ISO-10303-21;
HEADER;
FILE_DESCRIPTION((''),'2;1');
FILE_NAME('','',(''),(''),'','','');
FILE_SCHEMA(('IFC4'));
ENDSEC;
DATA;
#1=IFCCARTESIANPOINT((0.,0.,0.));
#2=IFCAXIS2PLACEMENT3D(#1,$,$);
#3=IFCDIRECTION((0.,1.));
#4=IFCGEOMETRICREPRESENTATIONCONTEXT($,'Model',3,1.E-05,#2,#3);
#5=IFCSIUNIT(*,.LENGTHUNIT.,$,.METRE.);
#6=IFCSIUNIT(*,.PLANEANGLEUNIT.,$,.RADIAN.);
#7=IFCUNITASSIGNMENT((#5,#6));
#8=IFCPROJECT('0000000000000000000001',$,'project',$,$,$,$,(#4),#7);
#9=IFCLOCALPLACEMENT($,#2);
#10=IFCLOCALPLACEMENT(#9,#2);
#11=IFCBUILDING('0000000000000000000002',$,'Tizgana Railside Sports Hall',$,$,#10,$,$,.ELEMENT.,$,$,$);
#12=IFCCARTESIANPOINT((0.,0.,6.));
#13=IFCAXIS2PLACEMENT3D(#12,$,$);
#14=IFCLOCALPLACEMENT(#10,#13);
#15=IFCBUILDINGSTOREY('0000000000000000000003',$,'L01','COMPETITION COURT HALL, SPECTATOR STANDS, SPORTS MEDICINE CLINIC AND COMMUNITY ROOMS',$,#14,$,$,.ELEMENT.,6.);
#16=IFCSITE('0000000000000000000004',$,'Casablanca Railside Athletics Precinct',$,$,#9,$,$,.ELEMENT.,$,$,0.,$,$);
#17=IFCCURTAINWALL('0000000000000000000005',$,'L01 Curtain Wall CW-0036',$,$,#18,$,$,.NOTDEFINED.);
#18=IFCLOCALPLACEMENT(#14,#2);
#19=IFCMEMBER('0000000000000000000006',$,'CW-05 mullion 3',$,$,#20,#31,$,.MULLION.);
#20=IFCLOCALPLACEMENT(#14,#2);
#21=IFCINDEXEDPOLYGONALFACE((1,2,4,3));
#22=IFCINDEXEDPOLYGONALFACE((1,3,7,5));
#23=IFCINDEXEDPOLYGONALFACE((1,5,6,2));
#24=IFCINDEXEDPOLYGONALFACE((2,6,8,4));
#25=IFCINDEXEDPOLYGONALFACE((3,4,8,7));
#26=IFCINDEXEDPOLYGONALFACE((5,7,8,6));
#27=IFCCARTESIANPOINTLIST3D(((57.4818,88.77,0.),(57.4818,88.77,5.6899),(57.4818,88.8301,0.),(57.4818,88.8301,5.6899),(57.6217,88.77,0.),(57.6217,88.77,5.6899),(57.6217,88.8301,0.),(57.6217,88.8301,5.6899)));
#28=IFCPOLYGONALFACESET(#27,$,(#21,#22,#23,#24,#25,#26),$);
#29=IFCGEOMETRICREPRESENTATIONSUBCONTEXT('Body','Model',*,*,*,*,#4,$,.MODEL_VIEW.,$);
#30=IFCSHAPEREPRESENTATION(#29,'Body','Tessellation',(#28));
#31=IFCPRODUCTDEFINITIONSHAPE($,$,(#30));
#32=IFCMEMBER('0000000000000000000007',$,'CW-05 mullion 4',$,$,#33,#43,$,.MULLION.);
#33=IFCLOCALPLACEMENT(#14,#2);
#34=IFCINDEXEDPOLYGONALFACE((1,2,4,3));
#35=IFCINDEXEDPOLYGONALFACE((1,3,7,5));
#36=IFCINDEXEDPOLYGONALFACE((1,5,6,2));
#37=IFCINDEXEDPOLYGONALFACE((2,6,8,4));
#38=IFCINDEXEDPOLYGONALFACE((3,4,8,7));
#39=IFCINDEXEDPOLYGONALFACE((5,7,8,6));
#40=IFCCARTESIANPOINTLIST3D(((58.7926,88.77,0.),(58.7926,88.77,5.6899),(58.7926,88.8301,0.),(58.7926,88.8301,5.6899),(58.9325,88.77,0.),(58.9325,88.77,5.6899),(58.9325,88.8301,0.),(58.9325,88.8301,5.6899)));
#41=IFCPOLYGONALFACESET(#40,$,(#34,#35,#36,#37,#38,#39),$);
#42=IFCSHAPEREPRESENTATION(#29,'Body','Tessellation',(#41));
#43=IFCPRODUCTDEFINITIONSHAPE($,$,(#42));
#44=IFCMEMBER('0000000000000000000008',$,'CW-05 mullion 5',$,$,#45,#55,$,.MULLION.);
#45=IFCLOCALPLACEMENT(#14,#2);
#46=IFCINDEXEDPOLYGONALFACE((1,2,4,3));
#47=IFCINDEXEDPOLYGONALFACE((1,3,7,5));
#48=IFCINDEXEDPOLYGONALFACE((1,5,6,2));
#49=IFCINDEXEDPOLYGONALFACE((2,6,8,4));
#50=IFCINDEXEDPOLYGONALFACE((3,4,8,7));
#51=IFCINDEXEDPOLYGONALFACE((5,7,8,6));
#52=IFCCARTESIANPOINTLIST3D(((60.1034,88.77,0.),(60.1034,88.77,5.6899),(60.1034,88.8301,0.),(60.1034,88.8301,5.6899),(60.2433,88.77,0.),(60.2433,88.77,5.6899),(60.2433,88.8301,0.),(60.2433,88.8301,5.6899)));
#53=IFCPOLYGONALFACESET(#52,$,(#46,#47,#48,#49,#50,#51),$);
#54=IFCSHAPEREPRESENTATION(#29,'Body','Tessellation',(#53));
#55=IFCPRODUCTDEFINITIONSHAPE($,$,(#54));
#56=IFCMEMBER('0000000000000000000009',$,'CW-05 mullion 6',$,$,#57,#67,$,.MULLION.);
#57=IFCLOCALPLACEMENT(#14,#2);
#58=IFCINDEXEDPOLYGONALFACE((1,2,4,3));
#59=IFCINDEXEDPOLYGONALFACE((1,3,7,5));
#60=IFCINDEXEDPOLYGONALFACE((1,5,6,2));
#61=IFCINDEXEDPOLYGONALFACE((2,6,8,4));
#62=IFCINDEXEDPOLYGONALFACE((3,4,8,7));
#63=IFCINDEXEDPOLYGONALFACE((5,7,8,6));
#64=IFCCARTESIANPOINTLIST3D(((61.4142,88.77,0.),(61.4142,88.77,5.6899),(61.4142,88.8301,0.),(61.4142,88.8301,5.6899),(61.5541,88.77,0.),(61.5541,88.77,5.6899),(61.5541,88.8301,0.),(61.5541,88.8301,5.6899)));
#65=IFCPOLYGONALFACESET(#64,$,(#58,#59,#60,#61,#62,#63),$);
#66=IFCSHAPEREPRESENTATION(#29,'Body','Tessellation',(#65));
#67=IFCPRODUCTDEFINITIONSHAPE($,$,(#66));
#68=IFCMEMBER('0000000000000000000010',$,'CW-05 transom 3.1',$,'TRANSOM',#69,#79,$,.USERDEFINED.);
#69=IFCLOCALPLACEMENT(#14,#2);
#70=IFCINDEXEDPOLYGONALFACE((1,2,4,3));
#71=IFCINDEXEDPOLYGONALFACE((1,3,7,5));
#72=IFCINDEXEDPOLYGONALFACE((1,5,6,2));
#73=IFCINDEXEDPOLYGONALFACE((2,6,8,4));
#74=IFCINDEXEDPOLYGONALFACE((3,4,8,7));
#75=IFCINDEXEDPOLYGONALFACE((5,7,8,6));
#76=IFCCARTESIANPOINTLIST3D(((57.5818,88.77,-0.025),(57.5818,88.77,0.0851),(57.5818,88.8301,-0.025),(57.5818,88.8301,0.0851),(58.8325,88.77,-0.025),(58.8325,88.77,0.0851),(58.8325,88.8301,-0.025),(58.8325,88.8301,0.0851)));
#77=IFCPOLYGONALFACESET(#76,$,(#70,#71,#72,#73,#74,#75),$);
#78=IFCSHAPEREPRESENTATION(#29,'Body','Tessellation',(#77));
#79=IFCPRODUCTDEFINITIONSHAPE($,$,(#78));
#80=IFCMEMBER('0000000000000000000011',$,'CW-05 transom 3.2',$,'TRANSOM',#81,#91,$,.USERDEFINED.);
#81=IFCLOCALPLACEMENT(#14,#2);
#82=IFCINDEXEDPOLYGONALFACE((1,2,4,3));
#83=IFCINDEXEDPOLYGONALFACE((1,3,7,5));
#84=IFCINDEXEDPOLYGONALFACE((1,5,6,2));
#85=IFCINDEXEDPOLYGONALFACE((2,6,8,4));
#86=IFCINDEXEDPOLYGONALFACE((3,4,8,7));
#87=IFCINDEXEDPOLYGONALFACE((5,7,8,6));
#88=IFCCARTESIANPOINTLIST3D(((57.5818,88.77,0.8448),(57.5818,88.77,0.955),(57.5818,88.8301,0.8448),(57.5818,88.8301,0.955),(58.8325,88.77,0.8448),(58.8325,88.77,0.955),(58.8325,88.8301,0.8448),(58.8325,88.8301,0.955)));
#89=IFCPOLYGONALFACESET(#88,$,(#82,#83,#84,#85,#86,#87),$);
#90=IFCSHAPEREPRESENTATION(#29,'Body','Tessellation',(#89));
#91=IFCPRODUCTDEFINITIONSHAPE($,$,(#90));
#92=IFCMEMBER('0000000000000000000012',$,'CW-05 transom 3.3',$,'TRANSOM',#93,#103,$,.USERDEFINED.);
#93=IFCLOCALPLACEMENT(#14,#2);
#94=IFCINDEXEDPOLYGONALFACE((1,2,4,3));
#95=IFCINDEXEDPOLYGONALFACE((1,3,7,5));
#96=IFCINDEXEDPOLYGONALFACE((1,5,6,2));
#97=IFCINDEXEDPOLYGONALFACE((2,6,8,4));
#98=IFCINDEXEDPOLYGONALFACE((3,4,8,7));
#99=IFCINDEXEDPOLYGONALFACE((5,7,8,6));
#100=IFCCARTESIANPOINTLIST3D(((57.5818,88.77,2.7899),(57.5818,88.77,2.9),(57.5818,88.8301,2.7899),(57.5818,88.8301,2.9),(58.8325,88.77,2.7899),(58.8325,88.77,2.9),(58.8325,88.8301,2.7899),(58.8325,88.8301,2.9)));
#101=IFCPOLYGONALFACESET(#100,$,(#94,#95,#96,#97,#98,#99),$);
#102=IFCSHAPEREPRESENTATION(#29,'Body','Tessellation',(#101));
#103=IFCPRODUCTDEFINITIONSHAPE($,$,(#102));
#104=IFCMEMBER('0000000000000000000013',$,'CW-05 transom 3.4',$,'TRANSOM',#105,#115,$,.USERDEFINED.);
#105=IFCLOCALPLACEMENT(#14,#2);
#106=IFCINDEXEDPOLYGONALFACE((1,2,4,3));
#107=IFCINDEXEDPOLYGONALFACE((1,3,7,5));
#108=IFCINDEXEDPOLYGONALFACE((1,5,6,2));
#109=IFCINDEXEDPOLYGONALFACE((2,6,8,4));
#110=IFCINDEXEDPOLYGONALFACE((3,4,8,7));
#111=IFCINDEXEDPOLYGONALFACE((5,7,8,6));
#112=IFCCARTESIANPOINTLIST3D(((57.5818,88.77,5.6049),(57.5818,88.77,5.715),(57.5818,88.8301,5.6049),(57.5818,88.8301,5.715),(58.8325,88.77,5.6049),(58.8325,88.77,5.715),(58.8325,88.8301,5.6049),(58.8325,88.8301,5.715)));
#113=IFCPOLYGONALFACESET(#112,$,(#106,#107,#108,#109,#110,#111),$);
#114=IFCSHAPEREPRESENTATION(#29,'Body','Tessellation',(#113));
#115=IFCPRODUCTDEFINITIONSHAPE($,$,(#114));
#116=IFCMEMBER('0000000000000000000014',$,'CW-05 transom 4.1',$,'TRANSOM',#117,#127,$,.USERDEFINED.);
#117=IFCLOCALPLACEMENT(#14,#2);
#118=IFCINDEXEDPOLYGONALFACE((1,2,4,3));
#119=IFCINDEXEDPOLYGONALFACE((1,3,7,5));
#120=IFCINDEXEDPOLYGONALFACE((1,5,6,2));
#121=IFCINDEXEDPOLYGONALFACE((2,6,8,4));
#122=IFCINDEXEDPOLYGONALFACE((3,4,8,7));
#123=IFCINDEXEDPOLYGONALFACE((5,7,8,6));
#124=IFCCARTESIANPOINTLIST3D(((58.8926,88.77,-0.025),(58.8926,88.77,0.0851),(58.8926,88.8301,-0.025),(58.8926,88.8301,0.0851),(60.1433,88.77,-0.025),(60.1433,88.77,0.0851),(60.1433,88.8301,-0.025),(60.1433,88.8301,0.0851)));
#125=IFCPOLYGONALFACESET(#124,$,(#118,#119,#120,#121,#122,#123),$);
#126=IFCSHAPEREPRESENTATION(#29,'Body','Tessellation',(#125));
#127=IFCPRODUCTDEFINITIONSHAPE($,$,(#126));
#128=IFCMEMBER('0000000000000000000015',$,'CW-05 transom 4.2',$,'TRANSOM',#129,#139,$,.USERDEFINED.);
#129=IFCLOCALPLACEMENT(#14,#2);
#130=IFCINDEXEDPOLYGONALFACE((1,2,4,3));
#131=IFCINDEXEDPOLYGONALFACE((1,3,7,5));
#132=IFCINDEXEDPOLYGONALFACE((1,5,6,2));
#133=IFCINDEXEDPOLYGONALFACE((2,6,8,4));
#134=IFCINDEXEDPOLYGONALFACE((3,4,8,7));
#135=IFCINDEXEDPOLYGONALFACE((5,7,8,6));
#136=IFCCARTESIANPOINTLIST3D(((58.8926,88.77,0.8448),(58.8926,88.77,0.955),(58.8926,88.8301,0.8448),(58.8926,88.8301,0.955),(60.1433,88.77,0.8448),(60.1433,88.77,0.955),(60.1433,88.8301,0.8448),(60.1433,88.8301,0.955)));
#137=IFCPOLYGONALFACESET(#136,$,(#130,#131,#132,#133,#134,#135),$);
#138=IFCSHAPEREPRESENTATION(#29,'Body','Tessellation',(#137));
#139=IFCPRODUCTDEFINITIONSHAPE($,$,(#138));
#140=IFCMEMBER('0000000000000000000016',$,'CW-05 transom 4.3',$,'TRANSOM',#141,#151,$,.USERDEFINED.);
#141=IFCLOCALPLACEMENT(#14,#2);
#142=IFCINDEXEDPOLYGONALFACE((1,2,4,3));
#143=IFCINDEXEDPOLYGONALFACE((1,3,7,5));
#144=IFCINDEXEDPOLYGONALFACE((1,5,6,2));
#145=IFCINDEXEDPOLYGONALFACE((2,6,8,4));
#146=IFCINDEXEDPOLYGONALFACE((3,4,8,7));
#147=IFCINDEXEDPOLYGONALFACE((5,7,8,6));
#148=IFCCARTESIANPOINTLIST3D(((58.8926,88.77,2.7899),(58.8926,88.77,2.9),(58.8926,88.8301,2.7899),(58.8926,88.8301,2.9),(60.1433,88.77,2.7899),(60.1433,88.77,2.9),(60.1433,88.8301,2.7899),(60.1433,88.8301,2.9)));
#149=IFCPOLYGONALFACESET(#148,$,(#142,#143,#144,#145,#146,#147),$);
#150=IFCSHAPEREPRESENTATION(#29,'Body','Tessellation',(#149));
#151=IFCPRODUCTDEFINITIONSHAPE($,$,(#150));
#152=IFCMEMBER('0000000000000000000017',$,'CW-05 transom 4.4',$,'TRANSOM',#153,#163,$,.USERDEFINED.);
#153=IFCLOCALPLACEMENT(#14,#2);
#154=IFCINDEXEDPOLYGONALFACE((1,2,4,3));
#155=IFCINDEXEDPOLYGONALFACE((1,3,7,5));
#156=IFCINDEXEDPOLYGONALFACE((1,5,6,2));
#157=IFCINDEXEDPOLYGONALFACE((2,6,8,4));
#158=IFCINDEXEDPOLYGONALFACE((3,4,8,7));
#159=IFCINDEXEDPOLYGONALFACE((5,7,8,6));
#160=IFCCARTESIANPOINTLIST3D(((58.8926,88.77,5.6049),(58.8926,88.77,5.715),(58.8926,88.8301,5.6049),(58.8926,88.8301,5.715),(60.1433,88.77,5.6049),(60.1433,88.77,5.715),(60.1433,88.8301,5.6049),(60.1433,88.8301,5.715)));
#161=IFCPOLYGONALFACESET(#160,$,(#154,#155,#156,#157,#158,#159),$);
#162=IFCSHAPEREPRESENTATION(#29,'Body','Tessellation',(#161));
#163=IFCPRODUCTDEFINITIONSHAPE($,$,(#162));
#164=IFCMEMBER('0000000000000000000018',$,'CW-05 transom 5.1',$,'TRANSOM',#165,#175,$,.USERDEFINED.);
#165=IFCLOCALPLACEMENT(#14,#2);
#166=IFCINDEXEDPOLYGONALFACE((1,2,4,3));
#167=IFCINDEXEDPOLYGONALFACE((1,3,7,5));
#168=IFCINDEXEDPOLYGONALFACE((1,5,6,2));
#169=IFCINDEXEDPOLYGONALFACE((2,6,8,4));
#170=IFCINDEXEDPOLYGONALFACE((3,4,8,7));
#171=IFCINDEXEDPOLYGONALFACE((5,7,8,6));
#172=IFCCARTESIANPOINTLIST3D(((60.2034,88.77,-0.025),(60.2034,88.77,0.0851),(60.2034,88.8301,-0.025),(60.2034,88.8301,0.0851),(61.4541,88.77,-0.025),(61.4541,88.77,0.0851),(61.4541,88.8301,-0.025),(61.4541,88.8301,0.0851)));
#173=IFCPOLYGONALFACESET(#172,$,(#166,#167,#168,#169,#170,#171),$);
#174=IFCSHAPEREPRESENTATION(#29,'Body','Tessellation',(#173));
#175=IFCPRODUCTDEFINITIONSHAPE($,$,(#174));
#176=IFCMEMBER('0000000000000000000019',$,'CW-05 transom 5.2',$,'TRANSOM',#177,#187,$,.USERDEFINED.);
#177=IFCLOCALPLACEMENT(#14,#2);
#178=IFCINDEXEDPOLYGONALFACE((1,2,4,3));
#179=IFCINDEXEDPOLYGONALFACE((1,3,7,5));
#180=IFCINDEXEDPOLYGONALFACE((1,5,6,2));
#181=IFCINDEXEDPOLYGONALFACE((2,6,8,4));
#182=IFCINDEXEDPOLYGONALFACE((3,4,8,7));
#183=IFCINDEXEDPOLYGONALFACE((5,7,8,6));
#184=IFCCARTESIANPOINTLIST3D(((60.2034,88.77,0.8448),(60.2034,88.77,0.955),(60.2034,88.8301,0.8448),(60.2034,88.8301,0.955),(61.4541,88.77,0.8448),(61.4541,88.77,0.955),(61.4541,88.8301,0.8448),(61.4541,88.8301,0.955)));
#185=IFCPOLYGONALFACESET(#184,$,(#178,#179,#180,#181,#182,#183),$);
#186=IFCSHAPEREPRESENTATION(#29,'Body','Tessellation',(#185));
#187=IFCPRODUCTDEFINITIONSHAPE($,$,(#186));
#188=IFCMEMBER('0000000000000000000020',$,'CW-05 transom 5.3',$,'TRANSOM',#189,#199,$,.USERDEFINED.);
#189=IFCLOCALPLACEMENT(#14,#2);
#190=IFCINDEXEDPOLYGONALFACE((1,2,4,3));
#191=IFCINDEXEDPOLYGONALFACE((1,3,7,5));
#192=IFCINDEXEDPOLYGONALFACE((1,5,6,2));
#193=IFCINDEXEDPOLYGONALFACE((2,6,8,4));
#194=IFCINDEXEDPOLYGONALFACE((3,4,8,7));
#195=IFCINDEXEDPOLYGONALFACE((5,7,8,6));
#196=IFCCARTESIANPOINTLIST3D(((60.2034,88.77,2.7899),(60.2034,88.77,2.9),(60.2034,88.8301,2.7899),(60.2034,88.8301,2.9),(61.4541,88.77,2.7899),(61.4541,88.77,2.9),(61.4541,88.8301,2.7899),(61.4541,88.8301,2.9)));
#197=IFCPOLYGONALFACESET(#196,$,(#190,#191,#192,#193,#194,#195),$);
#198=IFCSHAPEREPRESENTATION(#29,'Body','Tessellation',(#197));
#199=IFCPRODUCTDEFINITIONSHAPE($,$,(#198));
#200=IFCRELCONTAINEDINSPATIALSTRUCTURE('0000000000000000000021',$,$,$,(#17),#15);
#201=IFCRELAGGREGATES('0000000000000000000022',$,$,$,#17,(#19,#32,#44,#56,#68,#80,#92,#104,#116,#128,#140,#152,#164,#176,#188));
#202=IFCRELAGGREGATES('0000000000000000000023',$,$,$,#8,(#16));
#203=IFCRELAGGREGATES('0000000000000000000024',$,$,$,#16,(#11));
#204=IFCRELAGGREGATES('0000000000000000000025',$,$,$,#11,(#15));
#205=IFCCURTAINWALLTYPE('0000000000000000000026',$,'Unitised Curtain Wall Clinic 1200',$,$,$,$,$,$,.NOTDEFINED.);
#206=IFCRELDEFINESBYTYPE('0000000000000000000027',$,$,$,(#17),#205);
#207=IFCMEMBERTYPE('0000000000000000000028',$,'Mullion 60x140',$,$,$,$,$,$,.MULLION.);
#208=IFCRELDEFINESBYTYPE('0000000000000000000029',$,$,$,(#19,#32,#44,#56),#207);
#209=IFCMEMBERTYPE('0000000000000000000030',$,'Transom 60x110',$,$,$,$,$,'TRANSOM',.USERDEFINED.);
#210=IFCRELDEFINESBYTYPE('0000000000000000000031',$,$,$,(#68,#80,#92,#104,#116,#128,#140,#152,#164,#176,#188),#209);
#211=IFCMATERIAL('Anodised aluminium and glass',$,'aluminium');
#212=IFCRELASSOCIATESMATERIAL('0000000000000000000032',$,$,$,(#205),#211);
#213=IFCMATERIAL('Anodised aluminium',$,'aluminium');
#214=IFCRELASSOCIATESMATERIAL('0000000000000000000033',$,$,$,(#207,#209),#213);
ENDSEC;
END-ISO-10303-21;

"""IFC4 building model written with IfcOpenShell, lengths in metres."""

from ifc_helpers import new_model, si_unit, direction, frame, origin, origin_2d, place, context, subcontext, project, spatial, rectangle, extrude, material, material_profile, profile_set, type_object, element, aggregate, save


model = new_model("IFC4")

# Units and contexts
model_context = context("Model", 3, precision=1e-05, world=origin(), true_north=direction((0.0, 1.0)))
body_context = subcontext(model_context, "Body", "Model", "MODEL_VIEW")
ifc_project = project(units=[si_unit("LENGTHUNIT", "METRE"), si_unit("PLANEANGLEUNIT", "RADIAN")], contexts=[model_context])

# Site, building, storey
site_placement = place(None, origin())
site = spatial("IfcSite", under=ifc_project, at=site_placement, Name="Casablanca Railside Athletics Precinct", CompositionType="ELEMENT", RefElevation=0.0)
building_placement = place(site_placement, origin())
building = spatial("IfcBuilding", under=site, at=building_placement, Name="Tizgana Railside Sports Hall", CompositionType="ELEMENT")
storey_placement = place(building_placement, frame((0.0, 0.0, 6.0)))
storey = spatial("IfcBuildingStorey", under=building, at=storey_placement, Name="L01", Description="COMPETITION COURT HALL, SPECTATOR STANDS, SPORTS MEDICINE CLINIC AND COMMUNITY ROOMS", CompositionType="ELEMENT", Elevation=6.0)

# Curtain wall, members
ifc_material_1 = material(Name="Anodised aluminium and glass", Category="aluminium")
curtain_wall_type = type_object("IfcCurtainWallType", Name="Unitised Curtain Wall Clinic 1200", PredefinedType="NOTDEFINED", material=ifc_material_1)
curtain_wall_placement = place(storey_placement, origin())
curtain_wall = element("IfcCurtainWall", 1, at=curtain_wall_placement, inside=storey, type_object=curtain_wall_type, Name="L01 Curtain Wall CW-0036", PredefinedType="NOTDEFINED")
ifc_material_2 = material(Name="Anodised aluminium", Category="aluminium")
ifc_material_profile_1 = material_profile(ifc_material_2, rectangle(XDim=0.0601, YDim=0.1399, at=origin_2d()), Name="Mullion 60x140")
ifc_profile_set_1 = profile_set([ifc_material_profile_1], Name="Anodised aluminium")
member_type_1 = type_object("IfcMemberType", Name="Mullion 60x140", PredefinedType="MULLION", material=ifc_profile_set_1)
member_1_placement = place(storey_placement, frame((57.5518, 88.8, 0.0), z_axis=(0.0, 0.0, 1.0), x_axis=(0.0, 1.0, 0.0)))
member_1 = element("IfcMember", 2, at=member_1_placement, type_object=member_type_1, Name="CW-05 mullion 3", PredefinedType="MULLION", context=body_context, shape_type="SweptSolid", body=[
    extrude(rectangle(XDim=0.0601, YDim=0.1399, at=origin_2d()), origin(), (0.0, 0.0, 1.0), 5.6899),
])
member_2_placement = place(storey_placement, frame((58.8625, 88.8, 0.0), z_axis=(0.0, 0.0, 1.0), x_axis=(0.0, 1.0, 0.0)))
member_2 = element("IfcMember", 3, at=member_2_placement, type_object=member_type_1, Name="CW-05 mullion 4", PredefinedType="MULLION", context=body_context, shape_type="SweptSolid", body=[
    extrude(rectangle(XDim=0.0601, YDim=0.1399, at=origin_2d()), origin(), (0.0, 0.0, 1.0), 5.6899),
])
member_3_placement = place(storey_placement, frame((60.1733, 88.8, 0.0), z_axis=(0.0, 0.0, 1.0), x_axis=(0.0, 1.0, 0.0)))
member_3 = element("IfcMember", 4, at=member_3_placement, type_object=member_type_1, Name="CW-05 mullion 5", PredefinedType="MULLION", context=body_context, shape_type="SweptSolid", body=[
    extrude(rectangle(XDim=0.0601, YDim=0.1399, at=origin_2d()), origin(), (0.0, 0.0, 1.0), 5.6899),
])
member_4_placement = place(storey_placement, frame((61.4841, 88.8, 0.0), z_axis=(0.0, 0.0, 1.0), x_axis=(0.0, 1.0, 0.0)))
member_4 = element("IfcMember", 5, at=member_4_placement, type_object=member_type_1, Name="CW-05 mullion 6", PredefinedType="MULLION", context=body_context, shape_type="SweptSolid", body=[
    extrude(rectangle(XDim=0.0601, YDim=0.1399, at=origin_2d()), origin(), (0.0, 0.0, 1.0), 5.6899),
])
ifc_material_profile_2 = material_profile(ifc_material_2, rectangle(XDim=0.0601, YDim=0.1101, at=origin_2d()), Name="Transom 60x110")
ifc_profile_set_2 = profile_set([ifc_material_profile_2], Name="Anodised aluminium")
member_type_2 = type_object("IfcMemberType", Name="Transom 60x110", ElementType="TRANSOM", PredefinedType="USERDEFINED", material=ifc_profile_set_2)
member_5_placement = place(storey_placement, frame((57.5818, 88.8, 0.03), z_axis=(1.0, 0.0, 0.0), x_axis=(0.0, 1.0, 0.0)))
member_5 = element("IfcMember", 6, at=member_5_placement, type_object=member_type_2, Name="CW-05 transom 3.1", ObjectType="TRANSOM", PredefinedType="USERDEFINED", context=body_context, shape_type="SweptSolid", body=[
    extrude(rectangle(XDim=0.0601, YDim=0.1101, at=origin_2d()), origin(), (0.0, 0.0, 1.0), 1.2507),
])
member_6_placement = place(storey_placement, frame((57.5818, 88.8, 0.8999), z_axis=(1.0, 0.0, 0.0), x_axis=(0.0, 1.0, 0.0)))
member_6 = element("IfcMember", 7, at=member_6_placement, type_object=member_type_2, Name="CW-05 transom 3.2", ObjectType="TRANSOM", PredefinedType="USERDEFINED", context=body_context, shape_type="SweptSolid", body=[
    extrude(rectangle(XDim=0.0601, YDim=0.1101, at=origin_2d()), origin(), (0.0, 0.0, 1.0), 1.2507),
])
member_7_placement = place(storey_placement, frame((57.5818, 88.8, 2.845), z_axis=(1.0, 0.0, 0.0), x_axis=(0.0, 1.0, 0.0)))
member_7 = element("IfcMember", 8, at=member_7_placement, type_object=member_type_2, Name="CW-05 transom 3.3", ObjectType="TRANSOM", PredefinedType="USERDEFINED", context=body_context, shape_type="SweptSolid", body=[
    extrude(rectangle(XDim=0.0601, YDim=0.1101, at=origin_2d()), origin(), (0.0, 0.0, 1.0), 1.2507),
])
member_8_placement = place(storey_placement, frame((57.5818, 88.8, 5.6599), z_axis=(1.0, 0.0, 0.0), x_axis=(0.0, 1.0, 0.0)))
member_8 = element("IfcMember", 9, at=member_8_placement, type_object=member_type_2, Name="CW-05 transom 3.4", ObjectType="TRANSOM", PredefinedType="USERDEFINED", context=body_context, shape_type="SweptSolid", body=[
    extrude(rectangle(XDim=0.0601, YDim=0.1101, at=origin_2d()), origin(), (0.0, 0.0, 1.0), 1.2507),
])
member_9_placement = place(storey_placement, frame((58.8926, 88.8, 0.03), z_axis=(1.0, 0.0, 0.0), x_axis=(0.0, 1.0, 0.0)))
member_9 = element("IfcMember", 10, at=member_9_placement, type_object=member_type_2, Name="CW-05 transom 4.1", ObjectType="TRANSOM", PredefinedType="USERDEFINED", context=body_context, shape_type="SweptSolid", body=[
    extrude(rectangle(XDim=0.0601, YDim=0.1101, at=origin_2d()), origin(), (0.0, 0.0, 1.0), 1.2507),
])
member_10_placement = place(storey_placement, frame((58.8926, 88.8, 0.8999), z_axis=(1.0, 0.0, 0.0), x_axis=(0.0, 1.0, 0.0)))
member_10 = element("IfcMember", 11, at=member_10_placement, type_object=member_type_2, Name="CW-05 transom 4.2", ObjectType="TRANSOM", PredefinedType="USERDEFINED", context=body_context, shape_type="SweptSolid", body=[
    extrude(rectangle(XDim=0.0601, YDim=0.1101, at=origin_2d()), origin(), (0.0, 0.0, 1.0), 1.2507),
])
member_11_placement = place(storey_placement, frame((58.8926, 88.8, 2.845), z_axis=(1.0, 0.0, 0.0), x_axis=(0.0, 1.0, 0.0)))
member_11 = element("IfcMember", 12, at=member_11_placement, type_object=member_type_2, Name="CW-05 transom 4.3", ObjectType="TRANSOM", PredefinedType="USERDEFINED", context=body_context, shape_type="SweptSolid", body=[
    extrude(rectangle(XDim=0.0601, YDim=0.1101, at=origin_2d()), origin(), (0.0, 0.0, 1.0), 1.2507),
])
member_12_placement = place(storey_placement, frame((58.8926, 88.8, 5.6599), z_axis=(1.0, 0.0, 0.0), x_axis=(0.0, 1.0, 0.0)))
member_12 = element("IfcMember", 13, at=member_12_placement, type_object=member_type_2, Name="CW-05 transom 4.4", ObjectType="TRANSOM", PredefinedType="USERDEFINED", context=body_context, shape_type="SweptSolid", body=[
    extrude(rectangle(XDim=0.0601, YDim=0.1101, at=origin_2d()), origin(), (0.0, 0.0, 1.0), 1.2507),
])
member_13_placement = place(storey_placement, frame((60.2034, 88.8, 0.03), z_axis=(1.0, 0.0, 0.0), x_axis=(0.0, 1.0, 0.0)))
member_13 = element("IfcMember", 14, at=member_13_placement, type_object=member_type_2, Name="CW-05 transom 5.1", ObjectType="TRANSOM", PredefinedType="USERDEFINED", context=body_context, shape_type="SweptSolid", body=[
    extrude(rectangle(XDim=0.0601, YDim=0.1101, at=origin_2d()), origin(), (0.0, 0.0, 1.0), 1.2507),
])
member_14_placement = place(storey_placement, frame((60.2034, 88.8, 0.8999), z_axis=(1.0, 0.0, 0.0), x_axis=(0.0, 1.0, 0.0)))
member_14 = element("IfcMember", 15, at=member_14_placement, type_object=member_type_2, Name="CW-05 transom 5.2", ObjectType="TRANSOM", PredefinedType="USERDEFINED", context=body_context, shape_type="SweptSolid", body=[
    extrude(rectangle(XDim=0.0601, YDim=0.1101, at=origin_2d()), origin(), (0.0, 0.0, 1.0), 1.2507),
])
member_15_placement = place(storey_placement, frame((60.2034, 88.8, 2.845), z_axis=(1.0, 0.0, 0.0), x_axis=(0.0, 1.0, 0.0)))
member_15 = element("IfcMember", 16, at=member_15_placement, type_object=member_type_2, Name="CW-05 transom 5.3", ObjectType="TRANSOM", PredefinedType="USERDEFINED", context=body_context, shape_type="SweptSolid", body=[
    extrude(rectangle(XDim=0.0601, YDim=0.1101, at=origin_2d()), origin(), (0.0, 0.0, 1.0), 1.2507),
])
aggregate(curtain_wall, [member_1, member_2, member_3, member_4, member_5, member_6, member_7, member_8, member_9, member_10, member_11, member_12, member_13, member_14, member_15])

save(model, "model.ifc")
